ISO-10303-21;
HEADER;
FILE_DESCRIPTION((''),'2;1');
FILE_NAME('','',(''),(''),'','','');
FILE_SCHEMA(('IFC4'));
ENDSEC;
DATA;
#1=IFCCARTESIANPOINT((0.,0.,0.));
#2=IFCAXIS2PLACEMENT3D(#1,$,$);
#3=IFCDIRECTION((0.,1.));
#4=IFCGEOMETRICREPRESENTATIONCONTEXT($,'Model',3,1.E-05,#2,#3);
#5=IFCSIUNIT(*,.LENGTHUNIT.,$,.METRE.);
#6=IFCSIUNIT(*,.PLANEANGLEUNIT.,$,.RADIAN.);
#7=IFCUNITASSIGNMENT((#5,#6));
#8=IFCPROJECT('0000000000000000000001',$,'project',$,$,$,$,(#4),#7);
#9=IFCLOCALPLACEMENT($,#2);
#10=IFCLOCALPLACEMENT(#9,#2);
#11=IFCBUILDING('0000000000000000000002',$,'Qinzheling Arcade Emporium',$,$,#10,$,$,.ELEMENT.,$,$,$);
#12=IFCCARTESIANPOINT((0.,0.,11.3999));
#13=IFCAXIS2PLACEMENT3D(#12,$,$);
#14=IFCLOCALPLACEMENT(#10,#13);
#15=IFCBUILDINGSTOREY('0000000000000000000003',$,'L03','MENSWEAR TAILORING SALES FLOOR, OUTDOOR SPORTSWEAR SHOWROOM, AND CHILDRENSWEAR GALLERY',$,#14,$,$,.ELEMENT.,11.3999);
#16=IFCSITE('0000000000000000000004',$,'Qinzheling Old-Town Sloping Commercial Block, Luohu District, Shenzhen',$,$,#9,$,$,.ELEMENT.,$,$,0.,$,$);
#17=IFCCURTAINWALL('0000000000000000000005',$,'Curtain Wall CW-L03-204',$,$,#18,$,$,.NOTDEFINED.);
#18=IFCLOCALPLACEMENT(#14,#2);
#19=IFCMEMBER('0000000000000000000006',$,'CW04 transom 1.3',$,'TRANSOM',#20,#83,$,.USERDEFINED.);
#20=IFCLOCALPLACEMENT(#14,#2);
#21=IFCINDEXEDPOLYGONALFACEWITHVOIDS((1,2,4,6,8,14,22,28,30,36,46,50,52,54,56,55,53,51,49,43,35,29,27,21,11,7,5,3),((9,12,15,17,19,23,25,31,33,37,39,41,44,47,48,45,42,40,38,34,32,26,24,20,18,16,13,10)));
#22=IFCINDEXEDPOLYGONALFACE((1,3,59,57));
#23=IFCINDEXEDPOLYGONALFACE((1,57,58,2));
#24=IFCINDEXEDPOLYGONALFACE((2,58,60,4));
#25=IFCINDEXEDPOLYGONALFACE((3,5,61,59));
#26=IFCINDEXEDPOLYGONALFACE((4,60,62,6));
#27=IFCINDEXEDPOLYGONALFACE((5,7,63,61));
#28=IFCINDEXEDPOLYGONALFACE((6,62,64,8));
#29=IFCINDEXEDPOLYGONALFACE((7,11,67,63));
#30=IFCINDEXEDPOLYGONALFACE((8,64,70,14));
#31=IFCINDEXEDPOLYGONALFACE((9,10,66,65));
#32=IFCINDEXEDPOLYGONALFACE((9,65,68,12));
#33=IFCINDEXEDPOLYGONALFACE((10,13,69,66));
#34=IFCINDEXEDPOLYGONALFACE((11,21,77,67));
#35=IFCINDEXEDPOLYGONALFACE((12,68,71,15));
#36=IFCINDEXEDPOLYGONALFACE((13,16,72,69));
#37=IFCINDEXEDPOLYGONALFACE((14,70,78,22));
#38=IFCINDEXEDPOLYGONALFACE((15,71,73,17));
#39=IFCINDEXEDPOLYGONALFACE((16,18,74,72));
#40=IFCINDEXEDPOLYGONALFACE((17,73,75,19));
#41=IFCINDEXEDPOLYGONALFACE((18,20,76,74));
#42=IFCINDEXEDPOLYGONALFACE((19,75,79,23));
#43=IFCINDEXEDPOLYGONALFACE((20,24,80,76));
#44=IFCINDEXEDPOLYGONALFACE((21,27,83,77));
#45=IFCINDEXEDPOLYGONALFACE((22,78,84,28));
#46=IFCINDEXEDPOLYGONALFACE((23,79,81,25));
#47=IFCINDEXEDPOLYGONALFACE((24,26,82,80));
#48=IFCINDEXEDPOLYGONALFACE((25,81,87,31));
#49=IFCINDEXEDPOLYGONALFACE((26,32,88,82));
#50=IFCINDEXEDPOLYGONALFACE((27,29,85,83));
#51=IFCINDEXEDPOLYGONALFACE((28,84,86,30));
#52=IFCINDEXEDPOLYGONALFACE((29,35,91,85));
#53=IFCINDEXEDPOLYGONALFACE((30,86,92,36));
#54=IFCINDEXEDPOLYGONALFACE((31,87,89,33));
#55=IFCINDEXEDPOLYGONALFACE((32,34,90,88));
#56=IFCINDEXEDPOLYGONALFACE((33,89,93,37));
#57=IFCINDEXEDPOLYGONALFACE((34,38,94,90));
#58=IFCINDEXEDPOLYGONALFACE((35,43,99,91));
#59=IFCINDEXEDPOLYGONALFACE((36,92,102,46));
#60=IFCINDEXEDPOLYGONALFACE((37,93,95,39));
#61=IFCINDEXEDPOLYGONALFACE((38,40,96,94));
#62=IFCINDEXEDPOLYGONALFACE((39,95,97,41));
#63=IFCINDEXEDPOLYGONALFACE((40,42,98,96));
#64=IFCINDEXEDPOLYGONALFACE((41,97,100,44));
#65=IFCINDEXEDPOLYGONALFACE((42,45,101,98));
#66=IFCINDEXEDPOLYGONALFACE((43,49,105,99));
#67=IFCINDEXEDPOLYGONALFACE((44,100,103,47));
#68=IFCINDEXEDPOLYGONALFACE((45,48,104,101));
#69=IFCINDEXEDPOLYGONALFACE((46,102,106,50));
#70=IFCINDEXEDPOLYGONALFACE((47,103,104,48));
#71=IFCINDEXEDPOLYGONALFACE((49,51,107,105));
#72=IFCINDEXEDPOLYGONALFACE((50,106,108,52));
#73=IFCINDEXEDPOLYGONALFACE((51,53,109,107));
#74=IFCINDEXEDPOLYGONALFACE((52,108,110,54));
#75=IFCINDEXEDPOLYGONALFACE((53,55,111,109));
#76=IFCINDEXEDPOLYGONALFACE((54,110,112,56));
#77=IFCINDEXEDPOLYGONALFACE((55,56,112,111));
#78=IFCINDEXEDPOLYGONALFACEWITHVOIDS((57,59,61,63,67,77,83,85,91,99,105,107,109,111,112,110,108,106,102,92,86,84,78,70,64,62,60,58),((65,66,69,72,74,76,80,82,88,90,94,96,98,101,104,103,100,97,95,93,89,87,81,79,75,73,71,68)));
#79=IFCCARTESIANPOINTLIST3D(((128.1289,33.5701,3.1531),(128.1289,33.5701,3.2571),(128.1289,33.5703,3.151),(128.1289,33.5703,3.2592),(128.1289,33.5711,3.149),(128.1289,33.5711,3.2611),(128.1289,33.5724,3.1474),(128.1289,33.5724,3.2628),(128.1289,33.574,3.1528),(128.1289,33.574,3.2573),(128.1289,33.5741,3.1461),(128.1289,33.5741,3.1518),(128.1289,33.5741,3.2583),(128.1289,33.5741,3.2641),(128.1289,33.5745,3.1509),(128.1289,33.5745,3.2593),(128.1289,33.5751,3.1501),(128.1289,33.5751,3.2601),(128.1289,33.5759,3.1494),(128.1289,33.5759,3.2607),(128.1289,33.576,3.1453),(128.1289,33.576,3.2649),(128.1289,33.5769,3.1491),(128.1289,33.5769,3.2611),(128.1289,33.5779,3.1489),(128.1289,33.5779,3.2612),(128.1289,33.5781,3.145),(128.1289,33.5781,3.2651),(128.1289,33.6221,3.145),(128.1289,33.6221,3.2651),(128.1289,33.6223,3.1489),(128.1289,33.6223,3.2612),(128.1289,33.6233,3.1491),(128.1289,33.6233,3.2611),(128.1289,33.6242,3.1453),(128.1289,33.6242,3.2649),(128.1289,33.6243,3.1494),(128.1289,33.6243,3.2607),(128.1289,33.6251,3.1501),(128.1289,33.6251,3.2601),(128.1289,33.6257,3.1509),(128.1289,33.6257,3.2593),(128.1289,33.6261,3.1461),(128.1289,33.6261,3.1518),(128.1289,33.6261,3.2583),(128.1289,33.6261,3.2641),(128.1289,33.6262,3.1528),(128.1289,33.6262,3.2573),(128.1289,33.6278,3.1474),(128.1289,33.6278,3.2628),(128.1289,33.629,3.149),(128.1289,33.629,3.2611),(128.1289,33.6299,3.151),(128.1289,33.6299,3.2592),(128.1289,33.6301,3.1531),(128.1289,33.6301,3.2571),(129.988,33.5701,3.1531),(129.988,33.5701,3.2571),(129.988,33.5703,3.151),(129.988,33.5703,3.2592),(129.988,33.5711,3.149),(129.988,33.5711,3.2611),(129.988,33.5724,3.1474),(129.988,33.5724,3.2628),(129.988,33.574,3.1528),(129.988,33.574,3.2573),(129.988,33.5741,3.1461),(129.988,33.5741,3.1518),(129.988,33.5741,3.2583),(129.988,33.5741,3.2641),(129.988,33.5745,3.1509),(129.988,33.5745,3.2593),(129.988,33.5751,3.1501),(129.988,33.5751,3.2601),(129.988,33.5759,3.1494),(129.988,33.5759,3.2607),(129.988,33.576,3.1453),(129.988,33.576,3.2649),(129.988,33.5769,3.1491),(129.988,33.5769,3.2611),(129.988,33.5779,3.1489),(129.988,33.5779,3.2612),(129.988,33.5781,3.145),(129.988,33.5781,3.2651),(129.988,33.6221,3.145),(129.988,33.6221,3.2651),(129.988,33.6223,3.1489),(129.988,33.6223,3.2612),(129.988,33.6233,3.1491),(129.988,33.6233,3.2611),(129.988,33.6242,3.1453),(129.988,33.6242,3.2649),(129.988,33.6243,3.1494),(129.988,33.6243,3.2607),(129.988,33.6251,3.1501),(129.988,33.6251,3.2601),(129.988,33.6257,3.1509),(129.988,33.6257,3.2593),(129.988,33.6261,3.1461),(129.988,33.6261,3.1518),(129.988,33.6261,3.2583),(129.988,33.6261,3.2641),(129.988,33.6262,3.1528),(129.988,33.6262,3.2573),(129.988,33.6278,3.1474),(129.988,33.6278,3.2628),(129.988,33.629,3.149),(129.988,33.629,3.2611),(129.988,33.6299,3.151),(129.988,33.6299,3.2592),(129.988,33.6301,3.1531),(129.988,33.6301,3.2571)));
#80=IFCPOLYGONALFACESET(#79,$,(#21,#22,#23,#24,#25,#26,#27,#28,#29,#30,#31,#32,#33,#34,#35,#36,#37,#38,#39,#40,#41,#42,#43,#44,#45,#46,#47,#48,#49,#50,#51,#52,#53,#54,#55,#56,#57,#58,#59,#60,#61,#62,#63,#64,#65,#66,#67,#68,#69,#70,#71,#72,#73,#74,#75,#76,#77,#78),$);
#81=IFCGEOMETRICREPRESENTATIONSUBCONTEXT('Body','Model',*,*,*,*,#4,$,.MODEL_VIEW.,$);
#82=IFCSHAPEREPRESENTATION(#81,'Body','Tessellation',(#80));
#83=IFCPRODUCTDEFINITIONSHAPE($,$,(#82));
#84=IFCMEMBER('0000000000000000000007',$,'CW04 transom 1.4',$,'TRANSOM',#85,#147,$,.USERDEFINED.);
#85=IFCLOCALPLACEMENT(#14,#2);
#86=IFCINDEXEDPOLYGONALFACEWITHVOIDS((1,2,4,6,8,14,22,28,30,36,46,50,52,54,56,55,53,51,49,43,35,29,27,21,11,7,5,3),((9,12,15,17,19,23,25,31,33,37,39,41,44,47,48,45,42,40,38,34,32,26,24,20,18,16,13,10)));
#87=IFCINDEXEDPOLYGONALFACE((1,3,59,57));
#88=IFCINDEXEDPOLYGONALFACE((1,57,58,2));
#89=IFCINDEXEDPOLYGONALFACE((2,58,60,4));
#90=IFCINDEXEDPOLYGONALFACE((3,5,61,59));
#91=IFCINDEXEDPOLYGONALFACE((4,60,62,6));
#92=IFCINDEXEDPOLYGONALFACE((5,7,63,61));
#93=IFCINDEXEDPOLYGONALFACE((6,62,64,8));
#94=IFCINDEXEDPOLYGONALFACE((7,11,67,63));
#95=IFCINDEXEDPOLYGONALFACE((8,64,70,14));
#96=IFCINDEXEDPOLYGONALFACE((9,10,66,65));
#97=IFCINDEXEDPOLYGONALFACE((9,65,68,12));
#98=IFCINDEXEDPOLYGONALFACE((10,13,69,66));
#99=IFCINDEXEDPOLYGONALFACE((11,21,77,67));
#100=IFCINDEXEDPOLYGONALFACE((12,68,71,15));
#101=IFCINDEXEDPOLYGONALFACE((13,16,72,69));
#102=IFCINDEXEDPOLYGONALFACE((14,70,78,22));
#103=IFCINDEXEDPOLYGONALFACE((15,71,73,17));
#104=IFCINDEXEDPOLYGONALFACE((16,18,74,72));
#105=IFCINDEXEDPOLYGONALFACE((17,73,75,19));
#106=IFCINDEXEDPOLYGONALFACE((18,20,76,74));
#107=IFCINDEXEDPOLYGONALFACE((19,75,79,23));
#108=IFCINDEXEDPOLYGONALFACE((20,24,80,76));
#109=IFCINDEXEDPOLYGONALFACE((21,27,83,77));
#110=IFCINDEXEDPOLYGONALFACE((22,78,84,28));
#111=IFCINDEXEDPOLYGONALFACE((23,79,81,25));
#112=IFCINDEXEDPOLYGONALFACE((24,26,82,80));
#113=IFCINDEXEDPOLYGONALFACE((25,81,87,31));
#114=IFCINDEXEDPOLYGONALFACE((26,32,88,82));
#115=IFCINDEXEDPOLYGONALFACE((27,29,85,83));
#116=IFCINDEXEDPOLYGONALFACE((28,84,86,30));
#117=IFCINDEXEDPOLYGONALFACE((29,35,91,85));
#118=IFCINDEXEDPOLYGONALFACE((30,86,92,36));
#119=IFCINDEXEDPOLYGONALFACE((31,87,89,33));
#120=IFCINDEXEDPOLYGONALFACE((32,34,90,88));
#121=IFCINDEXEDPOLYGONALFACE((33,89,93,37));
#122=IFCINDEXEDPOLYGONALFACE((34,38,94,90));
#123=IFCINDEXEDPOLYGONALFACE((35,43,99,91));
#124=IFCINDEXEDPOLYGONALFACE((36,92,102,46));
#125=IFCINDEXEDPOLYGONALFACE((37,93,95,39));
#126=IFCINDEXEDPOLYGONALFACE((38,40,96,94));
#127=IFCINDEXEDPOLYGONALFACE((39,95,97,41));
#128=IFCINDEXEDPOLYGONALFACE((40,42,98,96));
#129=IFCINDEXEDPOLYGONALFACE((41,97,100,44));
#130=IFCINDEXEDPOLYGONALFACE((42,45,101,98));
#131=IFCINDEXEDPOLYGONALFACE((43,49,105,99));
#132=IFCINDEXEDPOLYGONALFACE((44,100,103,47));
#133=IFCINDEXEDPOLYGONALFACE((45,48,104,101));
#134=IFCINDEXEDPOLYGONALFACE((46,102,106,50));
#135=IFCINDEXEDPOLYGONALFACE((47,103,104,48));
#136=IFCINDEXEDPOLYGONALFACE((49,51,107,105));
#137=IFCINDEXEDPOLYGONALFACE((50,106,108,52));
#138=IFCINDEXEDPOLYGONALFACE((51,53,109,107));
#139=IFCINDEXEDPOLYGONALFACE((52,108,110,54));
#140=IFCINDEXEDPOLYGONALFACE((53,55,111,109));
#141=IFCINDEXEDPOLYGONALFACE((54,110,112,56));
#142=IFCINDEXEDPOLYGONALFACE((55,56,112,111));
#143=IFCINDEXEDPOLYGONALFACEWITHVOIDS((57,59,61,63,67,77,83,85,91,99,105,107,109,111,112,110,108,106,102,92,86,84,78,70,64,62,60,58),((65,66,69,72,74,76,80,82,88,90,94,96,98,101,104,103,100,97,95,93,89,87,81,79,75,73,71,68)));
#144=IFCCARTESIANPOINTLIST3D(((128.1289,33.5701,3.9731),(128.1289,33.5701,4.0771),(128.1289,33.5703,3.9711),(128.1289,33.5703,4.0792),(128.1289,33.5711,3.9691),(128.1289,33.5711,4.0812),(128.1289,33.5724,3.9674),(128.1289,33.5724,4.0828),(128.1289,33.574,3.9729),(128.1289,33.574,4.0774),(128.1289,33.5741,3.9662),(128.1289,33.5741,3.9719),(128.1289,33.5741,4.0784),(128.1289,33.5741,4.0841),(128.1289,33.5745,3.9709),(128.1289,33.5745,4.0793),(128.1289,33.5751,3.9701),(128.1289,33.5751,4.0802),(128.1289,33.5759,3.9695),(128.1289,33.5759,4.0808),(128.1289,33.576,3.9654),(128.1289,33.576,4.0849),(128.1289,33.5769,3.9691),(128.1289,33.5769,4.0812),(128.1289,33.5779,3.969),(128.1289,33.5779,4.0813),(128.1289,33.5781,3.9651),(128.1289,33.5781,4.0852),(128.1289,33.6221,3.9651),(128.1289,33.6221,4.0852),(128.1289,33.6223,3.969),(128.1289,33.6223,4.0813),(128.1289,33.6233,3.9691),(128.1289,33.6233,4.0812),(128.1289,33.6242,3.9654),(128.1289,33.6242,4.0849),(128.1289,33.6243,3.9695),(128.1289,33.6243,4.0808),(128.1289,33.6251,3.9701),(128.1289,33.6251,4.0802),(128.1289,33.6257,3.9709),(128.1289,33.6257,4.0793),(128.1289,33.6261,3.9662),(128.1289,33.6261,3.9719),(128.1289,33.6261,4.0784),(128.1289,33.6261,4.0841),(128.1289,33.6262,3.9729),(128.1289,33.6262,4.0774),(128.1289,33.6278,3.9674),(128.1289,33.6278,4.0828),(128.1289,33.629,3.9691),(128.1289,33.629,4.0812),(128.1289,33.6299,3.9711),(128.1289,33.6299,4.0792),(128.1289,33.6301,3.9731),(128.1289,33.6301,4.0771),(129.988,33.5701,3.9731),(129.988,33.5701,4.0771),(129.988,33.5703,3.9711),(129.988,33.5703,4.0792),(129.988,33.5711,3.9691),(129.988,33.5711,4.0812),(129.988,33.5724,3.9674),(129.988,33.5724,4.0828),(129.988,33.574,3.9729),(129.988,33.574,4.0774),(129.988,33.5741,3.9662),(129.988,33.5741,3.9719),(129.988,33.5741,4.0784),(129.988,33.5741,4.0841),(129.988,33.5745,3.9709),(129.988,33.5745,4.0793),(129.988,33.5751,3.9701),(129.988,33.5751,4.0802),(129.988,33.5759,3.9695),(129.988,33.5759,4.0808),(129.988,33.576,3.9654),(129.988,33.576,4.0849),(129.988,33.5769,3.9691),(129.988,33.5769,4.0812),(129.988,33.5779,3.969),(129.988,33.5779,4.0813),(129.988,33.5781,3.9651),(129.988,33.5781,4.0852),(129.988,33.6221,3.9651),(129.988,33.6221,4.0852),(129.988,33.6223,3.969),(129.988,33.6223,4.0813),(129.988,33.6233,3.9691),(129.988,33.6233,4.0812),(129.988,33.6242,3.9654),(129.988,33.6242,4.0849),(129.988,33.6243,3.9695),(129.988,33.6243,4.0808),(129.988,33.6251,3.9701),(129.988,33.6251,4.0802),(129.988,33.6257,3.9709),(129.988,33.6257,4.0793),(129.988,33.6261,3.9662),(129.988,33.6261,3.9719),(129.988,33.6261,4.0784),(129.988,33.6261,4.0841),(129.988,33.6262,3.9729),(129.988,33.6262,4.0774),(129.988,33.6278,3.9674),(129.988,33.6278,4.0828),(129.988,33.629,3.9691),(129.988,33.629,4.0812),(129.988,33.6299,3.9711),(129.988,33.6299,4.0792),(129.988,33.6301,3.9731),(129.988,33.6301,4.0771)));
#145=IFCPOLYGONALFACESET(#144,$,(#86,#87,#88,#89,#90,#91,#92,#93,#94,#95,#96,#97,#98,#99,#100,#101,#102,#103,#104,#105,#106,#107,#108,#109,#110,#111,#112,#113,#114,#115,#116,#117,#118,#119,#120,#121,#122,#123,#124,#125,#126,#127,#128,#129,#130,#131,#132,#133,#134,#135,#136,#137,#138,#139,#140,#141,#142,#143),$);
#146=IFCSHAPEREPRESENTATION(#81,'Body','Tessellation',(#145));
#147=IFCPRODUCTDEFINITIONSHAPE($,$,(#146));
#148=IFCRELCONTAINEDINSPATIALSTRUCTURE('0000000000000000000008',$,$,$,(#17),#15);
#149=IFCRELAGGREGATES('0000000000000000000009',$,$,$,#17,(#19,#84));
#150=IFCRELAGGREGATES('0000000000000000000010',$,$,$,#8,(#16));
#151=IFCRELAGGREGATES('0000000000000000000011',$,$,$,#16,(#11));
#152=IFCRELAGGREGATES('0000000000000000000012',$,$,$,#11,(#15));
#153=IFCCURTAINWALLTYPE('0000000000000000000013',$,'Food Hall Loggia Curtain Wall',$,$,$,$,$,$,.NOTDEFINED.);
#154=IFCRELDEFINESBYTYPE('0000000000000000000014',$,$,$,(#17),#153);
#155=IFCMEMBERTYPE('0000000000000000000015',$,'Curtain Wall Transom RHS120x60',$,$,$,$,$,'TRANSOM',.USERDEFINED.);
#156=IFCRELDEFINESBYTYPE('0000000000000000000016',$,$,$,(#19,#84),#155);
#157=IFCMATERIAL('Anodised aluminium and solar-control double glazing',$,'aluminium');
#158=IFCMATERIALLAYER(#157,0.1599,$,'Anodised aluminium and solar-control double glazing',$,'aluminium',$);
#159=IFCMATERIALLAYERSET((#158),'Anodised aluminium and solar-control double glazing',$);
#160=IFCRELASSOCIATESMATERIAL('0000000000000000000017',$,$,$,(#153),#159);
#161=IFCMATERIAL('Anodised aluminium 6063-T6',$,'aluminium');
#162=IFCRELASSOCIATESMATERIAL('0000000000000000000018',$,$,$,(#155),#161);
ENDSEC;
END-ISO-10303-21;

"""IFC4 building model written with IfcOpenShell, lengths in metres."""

from ifc_helpers import new_model, si_unit, direction, frame, origin, origin_2d, place, context, subcontext, project, spatial, hollow_rectangle, extrude, material, layer, layer_set, material_profile, profile_set, type_object, element, aggregate, save


model = new_model("IFC4")

# Units and contexts
model_context = context("Model", 3, precision=1e-05, world=origin(), true_north=direction((0.0, 1.0)))
body_context = subcontext(model_context, "Body", "Model", "MODEL_VIEW")
ifc_project = project(units=[si_unit("LENGTHUNIT", "METRE"), si_unit("PLANEANGLEUNIT", "RADIAN")], contexts=[model_context])

# Site, building, storey
site_placement = place(None, origin())
site = spatial("IfcSite", under=ifc_project, at=site_placement, Name="Qinzheling Old-Town Sloping Commercial Block, Luohu District, Shenzhen", CompositionType="ELEMENT", RefElevation=0.0)
building_placement = place(site_placement, origin())
building = spatial("IfcBuilding", under=site, at=building_placement, Name="Qinzheling Arcade Emporium", CompositionType="ELEMENT")
storey_placement = place(building_placement, frame((0.0, 0.0, 11.3999)))
storey = spatial("IfcBuildingStorey", under=building, at=storey_placement, Name="L03", Description="MENSWEAR TAILORING SALES FLOOR, OUTDOOR SPORTSWEAR SHOWROOM, AND CHILDRENSWEAR GALLERY", CompositionType="ELEMENT", Elevation=11.3999)

# Curtain wall, members
ifc_material_1 = material(Name="Anodised aluminium and solar-control double glazing", Category="aluminium")
ifc_layer_1 = layer(ifc_material_1, 0.1599, Name="Anodised aluminium and solar-control double glazing", Category="aluminium")
ifc_layer_set_1 = layer_set([ifc_layer_1], Name="Anodised aluminium and solar-control double glazing")
curtain_wall_type = type_object("IfcCurtainWallType", Name="Food Hall Loggia Curtain Wall", PredefinedType="NOTDEFINED", material=ifc_layer_set_1)
curtain_wall_placement = place(storey_placement, origin())
curtain_wall = element("IfcCurtainWall", 1, at=curtain_wall_placement, inside=storey, type_object=curtain_wall_type, Name="Curtain Wall CW-L03-204", PredefinedType="NOTDEFINED")
ifc_material_2 = material(Name="Anodised aluminium 6063-T6", Category="aluminium")
ifc_material_profile_1 = material_profile(ifc_material_2, hollow_rectangle(XDim=0.0601, YDim=0.1201, WallThickness=0.0039, InnerFilletRadius=0.0039, OuterFilletRadius=0.0081, at=origin_2d()), Name="RHS 120x60x4", Category="aluminium")
ifc_profile_set_1 = profile_set([ifc_material_profile_1], Name="Anodised aluminium 6063-T6")
member_type_1 = type_object("IfcMemberType", Name="Curtain Wall Transom RHS120x60", ElementType="TRANSOM", PredefinedType="USERDEFINED", material=ifc_profile_set_1)
member_1_placement = place(storey_placement, frame((129.988, 33.6001, 3.2051), z_axis=(-1.0, 0.0, 0.0), x_axis=(0.0, -1.0, 0.0)))
member_1 = element("IfcMember", 2, at=member_1_placement, type_object=member_type_1, Name="CW04 transom 1.3", ObjectType="TRANSOM", PredefinedType="USERDEFINED", context=body_context, shape_type="SweptSolid", body=[
    extrude(hollow_rectangle(XDim=0.0601, YDim=0.1201, WallThickness=0.0039, InnerFilletRadius=0.0039, OuterFilletRadius=0.0081, at=origin_2d()), origin(), (0.0, 0.0, 1.0), 1.8591),
])
member_2_placement = place(storey_placement, frame((129.988, 33.6001, 4.0251), z_axis=(-1.0, 0.0, 0.0), x_axis=(0.0, -1.0, 0.0)))
member_2 = element("IfcMember", 3, at=member_2_placement, type_object=member_type_1, Name="CW04 transom 1.4", ObjectType="TRANSOM", PredefinedType="USERDEFINED", context=body_context, shape_type="SweptSolid", body=[
    extrude(hollow_rectangle(XDim=0.0601, YDim=0.1201, WallThickness=0.0039, InnerFilletRadius=0.0039, OuterFilletRadius=0.0081, at=origin_2d()), origin(), (0.0, 0.0, 1.0), 1.8591),
])

aggregate(curtain_wall, [member_1, member_2])

save(model, "model.ifc")
